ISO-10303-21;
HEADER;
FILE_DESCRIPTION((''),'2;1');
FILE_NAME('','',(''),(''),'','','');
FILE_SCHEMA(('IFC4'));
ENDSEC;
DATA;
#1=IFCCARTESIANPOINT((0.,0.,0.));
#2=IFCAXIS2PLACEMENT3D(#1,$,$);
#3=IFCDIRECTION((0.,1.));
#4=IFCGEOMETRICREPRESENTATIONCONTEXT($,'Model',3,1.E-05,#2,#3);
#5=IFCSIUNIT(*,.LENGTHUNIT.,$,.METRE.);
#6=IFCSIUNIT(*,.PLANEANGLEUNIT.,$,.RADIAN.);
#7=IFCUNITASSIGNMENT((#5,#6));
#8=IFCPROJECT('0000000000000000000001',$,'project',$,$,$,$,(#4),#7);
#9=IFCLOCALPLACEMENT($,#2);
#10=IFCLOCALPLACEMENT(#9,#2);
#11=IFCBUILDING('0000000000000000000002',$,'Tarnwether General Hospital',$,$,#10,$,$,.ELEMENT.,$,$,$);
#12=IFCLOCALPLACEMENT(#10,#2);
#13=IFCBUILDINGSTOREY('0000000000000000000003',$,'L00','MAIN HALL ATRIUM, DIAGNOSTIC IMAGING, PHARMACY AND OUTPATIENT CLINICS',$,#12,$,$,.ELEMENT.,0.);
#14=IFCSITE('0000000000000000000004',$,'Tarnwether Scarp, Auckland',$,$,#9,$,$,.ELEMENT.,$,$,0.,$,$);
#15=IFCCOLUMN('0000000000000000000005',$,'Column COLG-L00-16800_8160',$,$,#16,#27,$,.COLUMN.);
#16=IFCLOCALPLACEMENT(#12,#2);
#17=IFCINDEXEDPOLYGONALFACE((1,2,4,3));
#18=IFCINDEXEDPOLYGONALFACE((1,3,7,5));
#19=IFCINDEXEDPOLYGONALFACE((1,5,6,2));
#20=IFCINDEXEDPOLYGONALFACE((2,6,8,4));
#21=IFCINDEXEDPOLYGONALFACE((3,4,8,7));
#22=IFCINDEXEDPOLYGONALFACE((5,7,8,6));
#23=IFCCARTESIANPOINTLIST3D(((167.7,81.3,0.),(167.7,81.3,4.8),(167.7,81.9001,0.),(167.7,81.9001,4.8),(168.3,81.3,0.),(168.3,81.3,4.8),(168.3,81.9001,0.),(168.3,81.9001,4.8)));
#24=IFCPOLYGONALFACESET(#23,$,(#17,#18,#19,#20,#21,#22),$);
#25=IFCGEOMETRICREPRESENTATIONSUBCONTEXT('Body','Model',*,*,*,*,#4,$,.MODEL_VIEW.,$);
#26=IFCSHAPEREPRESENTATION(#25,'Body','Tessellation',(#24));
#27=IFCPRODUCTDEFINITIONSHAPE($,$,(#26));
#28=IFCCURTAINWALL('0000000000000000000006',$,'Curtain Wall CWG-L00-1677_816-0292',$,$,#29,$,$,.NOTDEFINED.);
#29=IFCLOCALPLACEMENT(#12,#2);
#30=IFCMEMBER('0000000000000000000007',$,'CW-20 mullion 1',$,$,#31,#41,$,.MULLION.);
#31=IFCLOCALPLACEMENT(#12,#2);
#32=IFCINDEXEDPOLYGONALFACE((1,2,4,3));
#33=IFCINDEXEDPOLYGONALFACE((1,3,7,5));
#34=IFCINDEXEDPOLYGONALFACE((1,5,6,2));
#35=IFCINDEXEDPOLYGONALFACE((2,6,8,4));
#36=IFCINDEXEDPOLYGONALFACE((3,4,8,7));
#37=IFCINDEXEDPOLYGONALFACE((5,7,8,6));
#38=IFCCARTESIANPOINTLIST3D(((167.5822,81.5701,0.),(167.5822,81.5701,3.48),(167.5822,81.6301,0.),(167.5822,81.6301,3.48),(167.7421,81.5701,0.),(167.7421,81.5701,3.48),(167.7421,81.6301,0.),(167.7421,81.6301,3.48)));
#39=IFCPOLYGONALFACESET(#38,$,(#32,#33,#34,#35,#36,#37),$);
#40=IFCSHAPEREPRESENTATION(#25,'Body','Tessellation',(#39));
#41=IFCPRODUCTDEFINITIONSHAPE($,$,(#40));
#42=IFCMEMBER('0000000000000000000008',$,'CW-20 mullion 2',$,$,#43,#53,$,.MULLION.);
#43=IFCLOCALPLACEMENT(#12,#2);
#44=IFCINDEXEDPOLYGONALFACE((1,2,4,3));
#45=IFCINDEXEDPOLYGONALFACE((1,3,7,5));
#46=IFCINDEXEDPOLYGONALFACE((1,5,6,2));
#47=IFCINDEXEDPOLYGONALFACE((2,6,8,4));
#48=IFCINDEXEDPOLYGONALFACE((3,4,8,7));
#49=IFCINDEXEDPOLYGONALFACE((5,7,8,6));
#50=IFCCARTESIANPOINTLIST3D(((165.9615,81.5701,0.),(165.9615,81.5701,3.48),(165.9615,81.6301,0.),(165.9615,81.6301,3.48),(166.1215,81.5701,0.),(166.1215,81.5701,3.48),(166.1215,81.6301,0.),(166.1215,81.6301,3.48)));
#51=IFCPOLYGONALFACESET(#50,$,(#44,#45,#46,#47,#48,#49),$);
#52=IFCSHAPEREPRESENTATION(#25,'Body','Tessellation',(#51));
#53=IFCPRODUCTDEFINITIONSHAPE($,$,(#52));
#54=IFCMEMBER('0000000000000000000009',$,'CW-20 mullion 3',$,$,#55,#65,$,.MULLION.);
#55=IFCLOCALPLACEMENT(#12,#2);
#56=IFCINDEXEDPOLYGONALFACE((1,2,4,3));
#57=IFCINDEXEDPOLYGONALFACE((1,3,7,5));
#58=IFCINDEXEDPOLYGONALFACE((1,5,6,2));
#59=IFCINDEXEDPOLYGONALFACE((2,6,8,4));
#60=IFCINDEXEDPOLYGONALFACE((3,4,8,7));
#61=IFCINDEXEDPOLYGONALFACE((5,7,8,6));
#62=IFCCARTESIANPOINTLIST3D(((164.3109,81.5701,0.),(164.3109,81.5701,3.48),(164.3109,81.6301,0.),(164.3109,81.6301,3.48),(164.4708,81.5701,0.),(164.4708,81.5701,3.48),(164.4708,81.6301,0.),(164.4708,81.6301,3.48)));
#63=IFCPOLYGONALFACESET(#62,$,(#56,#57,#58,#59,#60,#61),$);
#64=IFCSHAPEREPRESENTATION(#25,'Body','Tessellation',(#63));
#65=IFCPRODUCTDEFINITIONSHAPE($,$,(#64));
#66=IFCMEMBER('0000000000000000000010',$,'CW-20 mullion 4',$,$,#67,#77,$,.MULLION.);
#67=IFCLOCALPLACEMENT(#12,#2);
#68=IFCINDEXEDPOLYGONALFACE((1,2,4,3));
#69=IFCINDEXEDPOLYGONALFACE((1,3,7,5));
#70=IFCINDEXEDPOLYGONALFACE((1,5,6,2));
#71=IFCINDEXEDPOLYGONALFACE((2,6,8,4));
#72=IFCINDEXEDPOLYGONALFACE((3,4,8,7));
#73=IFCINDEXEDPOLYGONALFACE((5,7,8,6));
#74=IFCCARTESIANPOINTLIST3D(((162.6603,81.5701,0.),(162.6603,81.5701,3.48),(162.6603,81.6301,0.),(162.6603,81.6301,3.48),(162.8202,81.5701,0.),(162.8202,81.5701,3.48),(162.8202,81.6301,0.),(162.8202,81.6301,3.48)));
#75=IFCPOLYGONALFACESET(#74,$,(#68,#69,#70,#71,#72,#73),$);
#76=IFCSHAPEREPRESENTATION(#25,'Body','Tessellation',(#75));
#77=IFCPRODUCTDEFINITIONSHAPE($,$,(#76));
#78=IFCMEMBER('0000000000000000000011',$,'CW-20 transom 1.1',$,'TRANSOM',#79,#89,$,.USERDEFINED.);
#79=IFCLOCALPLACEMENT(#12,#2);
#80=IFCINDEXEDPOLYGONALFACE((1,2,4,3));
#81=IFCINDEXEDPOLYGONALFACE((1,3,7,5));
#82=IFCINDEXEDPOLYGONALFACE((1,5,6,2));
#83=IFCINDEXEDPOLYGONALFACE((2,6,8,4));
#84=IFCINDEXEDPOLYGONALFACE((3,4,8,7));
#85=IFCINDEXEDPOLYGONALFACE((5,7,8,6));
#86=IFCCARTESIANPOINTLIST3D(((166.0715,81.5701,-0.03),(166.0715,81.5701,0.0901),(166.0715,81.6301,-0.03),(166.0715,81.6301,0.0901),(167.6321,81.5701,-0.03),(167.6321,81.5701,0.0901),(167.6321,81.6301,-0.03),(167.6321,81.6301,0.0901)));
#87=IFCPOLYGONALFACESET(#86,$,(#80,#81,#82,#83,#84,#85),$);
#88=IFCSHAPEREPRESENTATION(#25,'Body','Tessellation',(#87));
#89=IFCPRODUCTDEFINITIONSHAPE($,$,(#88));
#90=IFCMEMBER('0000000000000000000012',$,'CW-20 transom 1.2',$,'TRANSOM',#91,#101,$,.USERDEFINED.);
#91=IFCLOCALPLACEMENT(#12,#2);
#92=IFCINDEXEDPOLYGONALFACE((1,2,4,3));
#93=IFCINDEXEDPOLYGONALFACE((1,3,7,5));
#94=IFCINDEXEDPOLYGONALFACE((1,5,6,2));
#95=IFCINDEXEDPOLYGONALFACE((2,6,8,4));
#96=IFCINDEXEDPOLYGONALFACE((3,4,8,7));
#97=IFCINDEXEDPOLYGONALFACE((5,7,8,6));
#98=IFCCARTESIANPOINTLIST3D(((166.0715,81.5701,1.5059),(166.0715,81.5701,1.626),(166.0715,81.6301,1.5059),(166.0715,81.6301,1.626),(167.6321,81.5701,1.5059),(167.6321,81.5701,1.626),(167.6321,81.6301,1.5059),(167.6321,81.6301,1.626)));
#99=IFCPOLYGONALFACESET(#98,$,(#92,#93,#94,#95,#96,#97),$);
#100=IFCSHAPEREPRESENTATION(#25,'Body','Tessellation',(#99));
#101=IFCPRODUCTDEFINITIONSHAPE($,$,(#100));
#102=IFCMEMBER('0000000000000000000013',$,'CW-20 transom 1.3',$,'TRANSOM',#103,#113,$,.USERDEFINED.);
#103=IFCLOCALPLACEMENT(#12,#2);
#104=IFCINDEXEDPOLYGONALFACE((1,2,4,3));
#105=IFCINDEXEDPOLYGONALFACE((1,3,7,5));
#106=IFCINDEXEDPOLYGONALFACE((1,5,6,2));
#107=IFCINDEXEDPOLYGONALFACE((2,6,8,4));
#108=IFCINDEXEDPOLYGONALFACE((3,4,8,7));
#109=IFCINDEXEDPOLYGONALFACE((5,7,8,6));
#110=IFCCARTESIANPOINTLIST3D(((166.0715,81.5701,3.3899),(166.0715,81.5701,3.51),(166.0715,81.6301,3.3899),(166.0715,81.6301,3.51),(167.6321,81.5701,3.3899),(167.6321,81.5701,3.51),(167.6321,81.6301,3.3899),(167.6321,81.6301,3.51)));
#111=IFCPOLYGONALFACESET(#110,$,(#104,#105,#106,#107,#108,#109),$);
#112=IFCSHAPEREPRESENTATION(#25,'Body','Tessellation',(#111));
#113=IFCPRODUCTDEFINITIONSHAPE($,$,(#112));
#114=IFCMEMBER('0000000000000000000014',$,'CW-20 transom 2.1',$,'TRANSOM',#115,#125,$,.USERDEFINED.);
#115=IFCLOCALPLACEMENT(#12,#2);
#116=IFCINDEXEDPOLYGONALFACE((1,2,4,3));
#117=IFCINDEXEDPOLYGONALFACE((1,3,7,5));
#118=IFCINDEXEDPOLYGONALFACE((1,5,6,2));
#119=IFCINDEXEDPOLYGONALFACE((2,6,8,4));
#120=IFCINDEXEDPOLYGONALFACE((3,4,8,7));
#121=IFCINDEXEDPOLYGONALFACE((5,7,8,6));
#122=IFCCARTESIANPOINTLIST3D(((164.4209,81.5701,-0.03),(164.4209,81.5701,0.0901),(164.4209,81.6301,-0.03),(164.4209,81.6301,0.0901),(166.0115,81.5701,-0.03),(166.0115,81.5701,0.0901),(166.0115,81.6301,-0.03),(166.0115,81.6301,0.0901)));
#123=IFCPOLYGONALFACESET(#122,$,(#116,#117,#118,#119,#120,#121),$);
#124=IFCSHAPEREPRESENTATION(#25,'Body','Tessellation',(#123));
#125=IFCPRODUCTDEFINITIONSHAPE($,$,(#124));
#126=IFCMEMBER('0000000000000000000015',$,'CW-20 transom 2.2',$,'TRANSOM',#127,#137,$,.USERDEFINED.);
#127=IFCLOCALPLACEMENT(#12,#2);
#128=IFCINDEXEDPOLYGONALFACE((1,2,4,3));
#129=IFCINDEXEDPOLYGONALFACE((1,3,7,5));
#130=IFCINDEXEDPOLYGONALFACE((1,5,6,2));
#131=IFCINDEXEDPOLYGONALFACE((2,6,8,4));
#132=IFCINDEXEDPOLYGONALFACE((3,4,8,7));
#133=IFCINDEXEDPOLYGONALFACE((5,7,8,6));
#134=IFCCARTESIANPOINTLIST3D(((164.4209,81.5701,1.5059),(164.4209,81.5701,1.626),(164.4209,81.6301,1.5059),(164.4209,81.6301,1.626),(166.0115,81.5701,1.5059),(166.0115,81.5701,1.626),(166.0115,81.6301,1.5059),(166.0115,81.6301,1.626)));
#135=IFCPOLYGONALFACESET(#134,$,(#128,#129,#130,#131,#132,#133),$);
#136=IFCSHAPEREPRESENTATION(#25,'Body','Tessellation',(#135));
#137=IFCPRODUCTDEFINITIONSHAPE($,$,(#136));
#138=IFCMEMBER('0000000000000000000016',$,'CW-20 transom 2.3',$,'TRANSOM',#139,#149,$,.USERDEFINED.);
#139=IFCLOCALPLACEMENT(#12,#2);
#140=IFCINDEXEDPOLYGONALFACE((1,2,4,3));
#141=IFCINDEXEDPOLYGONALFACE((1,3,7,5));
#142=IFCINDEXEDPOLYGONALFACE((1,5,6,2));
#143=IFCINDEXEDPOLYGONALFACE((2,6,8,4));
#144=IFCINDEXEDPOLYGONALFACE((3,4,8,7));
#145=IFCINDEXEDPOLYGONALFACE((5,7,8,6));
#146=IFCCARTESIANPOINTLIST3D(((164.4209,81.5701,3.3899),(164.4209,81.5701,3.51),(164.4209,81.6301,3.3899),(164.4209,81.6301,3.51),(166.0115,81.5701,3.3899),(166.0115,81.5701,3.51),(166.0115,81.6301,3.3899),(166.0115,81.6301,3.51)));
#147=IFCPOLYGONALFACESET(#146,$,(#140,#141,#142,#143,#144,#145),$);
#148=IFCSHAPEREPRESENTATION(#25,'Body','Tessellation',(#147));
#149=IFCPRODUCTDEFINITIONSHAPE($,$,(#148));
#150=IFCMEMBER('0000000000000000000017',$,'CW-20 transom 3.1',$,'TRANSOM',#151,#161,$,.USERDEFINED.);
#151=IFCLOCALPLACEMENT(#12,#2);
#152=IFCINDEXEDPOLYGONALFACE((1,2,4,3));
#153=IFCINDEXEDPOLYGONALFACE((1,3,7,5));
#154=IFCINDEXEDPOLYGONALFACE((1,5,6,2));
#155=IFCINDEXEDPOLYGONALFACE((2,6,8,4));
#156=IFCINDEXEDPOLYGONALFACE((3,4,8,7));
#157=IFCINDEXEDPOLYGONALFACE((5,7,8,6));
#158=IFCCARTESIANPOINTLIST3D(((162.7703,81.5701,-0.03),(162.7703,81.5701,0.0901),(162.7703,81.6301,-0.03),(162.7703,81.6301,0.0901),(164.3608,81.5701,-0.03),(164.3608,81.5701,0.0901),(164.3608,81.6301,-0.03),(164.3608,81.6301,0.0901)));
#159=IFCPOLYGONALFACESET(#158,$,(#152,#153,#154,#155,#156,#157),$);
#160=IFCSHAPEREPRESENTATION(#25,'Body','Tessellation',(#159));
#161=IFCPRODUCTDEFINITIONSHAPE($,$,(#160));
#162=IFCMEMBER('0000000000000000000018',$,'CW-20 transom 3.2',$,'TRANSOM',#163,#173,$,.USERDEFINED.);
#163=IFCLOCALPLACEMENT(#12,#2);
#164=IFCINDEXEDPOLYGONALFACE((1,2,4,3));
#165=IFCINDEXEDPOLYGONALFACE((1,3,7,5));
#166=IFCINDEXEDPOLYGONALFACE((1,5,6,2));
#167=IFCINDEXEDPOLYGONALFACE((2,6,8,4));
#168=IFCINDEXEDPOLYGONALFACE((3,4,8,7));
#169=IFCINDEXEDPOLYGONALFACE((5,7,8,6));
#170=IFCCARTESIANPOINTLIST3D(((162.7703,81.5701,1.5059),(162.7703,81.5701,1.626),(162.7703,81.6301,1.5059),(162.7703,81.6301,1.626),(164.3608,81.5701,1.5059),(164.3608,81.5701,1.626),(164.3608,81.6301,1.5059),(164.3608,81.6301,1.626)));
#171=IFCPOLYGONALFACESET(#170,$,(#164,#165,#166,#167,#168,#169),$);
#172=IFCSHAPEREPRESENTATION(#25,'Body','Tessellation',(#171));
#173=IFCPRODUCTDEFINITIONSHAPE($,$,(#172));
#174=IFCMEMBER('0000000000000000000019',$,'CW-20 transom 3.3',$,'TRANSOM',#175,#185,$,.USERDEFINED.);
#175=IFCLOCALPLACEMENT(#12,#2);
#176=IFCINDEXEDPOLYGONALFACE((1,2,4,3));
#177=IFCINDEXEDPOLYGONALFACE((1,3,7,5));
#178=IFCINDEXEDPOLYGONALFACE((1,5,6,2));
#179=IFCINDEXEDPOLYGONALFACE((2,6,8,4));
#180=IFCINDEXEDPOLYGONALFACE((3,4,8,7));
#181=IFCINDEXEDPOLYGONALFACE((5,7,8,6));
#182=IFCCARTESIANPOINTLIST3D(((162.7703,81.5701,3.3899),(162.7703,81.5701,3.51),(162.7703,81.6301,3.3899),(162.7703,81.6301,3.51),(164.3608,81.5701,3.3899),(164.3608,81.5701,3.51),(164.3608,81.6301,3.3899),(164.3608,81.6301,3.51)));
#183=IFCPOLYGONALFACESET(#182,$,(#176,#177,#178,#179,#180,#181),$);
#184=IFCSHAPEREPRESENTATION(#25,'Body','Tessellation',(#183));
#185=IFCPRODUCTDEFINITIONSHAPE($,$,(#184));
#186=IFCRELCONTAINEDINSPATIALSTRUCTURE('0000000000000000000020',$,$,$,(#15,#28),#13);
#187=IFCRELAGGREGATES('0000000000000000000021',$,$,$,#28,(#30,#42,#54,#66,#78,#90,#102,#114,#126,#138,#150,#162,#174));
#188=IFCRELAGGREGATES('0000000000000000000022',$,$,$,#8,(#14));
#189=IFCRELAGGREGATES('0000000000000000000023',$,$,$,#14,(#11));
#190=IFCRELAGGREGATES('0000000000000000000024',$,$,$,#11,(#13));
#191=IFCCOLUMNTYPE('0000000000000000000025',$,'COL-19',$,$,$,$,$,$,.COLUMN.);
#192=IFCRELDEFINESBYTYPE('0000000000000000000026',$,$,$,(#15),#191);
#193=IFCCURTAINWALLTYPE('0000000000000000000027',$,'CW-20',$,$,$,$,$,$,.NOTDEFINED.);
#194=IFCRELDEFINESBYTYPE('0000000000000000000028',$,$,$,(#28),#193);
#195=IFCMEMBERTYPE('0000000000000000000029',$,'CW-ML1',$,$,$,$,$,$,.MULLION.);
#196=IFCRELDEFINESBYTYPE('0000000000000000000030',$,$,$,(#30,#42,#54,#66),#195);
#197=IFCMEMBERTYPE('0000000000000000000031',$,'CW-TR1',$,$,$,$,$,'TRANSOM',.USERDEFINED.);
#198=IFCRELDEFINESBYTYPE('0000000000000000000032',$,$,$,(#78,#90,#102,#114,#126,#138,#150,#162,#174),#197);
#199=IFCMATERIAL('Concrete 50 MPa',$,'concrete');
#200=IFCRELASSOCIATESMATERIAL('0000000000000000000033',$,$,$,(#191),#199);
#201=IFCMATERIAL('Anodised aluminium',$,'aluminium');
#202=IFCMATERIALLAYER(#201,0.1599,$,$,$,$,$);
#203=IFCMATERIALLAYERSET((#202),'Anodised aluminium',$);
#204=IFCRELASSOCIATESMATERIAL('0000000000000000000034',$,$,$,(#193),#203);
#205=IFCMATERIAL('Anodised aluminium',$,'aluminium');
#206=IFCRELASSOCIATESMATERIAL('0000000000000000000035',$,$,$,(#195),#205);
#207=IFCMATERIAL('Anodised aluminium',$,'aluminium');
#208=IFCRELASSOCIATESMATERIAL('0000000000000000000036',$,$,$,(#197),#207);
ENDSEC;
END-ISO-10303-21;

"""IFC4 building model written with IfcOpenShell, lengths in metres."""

from ifc_helpers import new_model, si_unit, direction, frame, origin, origin_2d, place, context, subcontext, project, spatial, rectangle, extrude, material, layer, layer_set, material_profile, profile_set, type_object, element, aggregate, save


model = new_model("IFC4")

# Units and contexts
model_context = context("Model", 3, precision=1e-05, world=origin(), true_north=direction((0.0, 1.0)))
body_context = subcontext(model_context, "Body", "Model", "MODEL_VIEW")
ifc_project = project(units=[si_unit("LENGTHUNIT", "METRE"), si_unit("PLANEANGLEUNIT", "RADIAN")], contexts=[model_context])

# Site, building, storey
site_placement = place(None, origin())
site = spatial("IfcSite", under=ifc_project, at=site_placement, Name="Tarnwether Scarp, Auckland", CompositionType="ELEMENT", RefElevation=0.0)
building_placement = place(site_placement, origin())
building = spatial("IfcBuilding", under=site, at=building_placement, Name="Tarnwether General Hospital", CompositionType="ELEMENT")
storey_placement = place(building_placement, origin())
storey = spatial("IfcBuildingStorey", under=building, at=storey_placement, Name="L00", Description="MAIN HALL ATRIUM, DIAGNOSTIC IMAGING, PHARMACY AND OUTPATIENT CLINICS", CompositionType="ELEMENT", Elevation=0.0)

# Column
ifc_material_1 = material(Name="Concrete 50 MPa", Category="concrete")
ifc_material_profile_1 = material_profile(ifc_material_1, rectangle(XDim=0.6001, YDim=0.6001, at=origin_2d()), Name="RC-COL-600x600")
ifc_profile_set_1 = profile_set([ifc_material_profile_1], Name="Concrete 50 MPa")
column_type = type_object("IfcColumnType", Name="COL-19", PredefinedType="COLUMN", material=ifc_profile_set_1)
column_placement = place(storey_placement, frame((168.0, 81.6001, 0.0), z_axis=(0.0, 0.0, 1.0), x_axis=(1.0, 0.0, 0.0)))
element("IfcColumn", 1, at=column_placement, inside=storey, type_object=column_type, Name="Column COLG-L00-16800_8160", PredefinedType="COLUMN", context=body_context, shape_type="SweptSolid", body=[
    extrude(rectangle(XDim=0.6001, YDim=0.6001, at=origin_2d()), origin(), (0.0, 0.0, 1.0), 4.8),
])

# Curtain wall, members
ifc_material_2 = material(Name="Anodised aluminium", Category="aluminium")
ifc_layer_1 = layer(ifc_material_2, 0.1599)
ifc_layer_set_1 = layer_set([ifc_layer_1], Name="Anodised aluminium")
curtain_wall_type = type_object("IfcCurtainWallType", Name="CW-20", PredefinedType="NOTDEFINED", material=ifc_layer_set_1)
curtain_wall_placement = place(storey_placement, origin())
curtain_wall = element("IfcCurtainWall", 2, at=curtain_wall_placement, inside=storey, type_object=curtain_wall_type, Name="Curtain Wall CWG-L00-1677_816-0292", PredefinedType="NOTDEFINED")
ifc_material_3 = material(Name="Anodised aluminium", Category="aluminium")
ifc_material_profile_2 = material_profile(ifc_material_3, rectangle(XDim=0.0601, YDim=0.1599, at=origin_2d()), Name="ALU-MUL-60x160")
ifc_profile_set_2 = profile_set([ifc_material_profile_2], Name="Anodised aluminium")
member_type_1 = type_object("IfcMemberType", Name="CW-ML1", PredefinedType="MULLION", material=ifc_profile_set_2)
member_1_placement = place(storey_placement, frame((167.6621, 81.6001, 0.0), z_axis=(0.0, 0.0, 1.0), x_axis=(0.0, -1.0, 0.0)))
member_1 = element("IfcMember", 3, at=member_1_placement, type_object=member_type_1, Name="CW-20 mullion 1", PredefinedType="MULLION", context=body_context, shape_type="SweptSolid", body=[
    extrude(rectangle(XDim=0.0601, YDim=0.1599, at=origin_2d()), origin(), (0.0, 0.0, 1.0), 3.48),
])
member_2_placement = place(storey_placement, frame((166.0415, 81.6001, 0.0), z_axis=(0.0, 0.0, 1.0), x_axis=(0.0, -1.0, 0.0)))
member_2 = element("IfcMember", 4, at=member_2_placement, type_object=member_type_1, Name="CW-20 mullion 2", PredefinedType="MULLION", context=body_context, shape_type="SweptSolid", body=[
    extrude(rectangle(XDim=0.0601, YDim=0.1599, at=origin_2d()), origin(), (0.0, 0.0, 1.0), 3.48),
])
member_3_placement = place(storey_placement, frame((164.3909, 81.6001, 0.0), z_axis=(0.0, 0.0, 1.0), x_axis=(0.0, -1.0, 0.0)))
member_3 = element("IfcMember", 5, at=member_3_placement, type_object=member_type_1, Name="CW-20 mullion 3", PredefinedType="MULLION", context=body_context, shape_type="SweptSolid", body=[
    extrude(rectangle(XDim=0.0601, YDim=0.1599, at=origin_2d()), origin(), (0.0, 0.0, 1.0), 3.48),
])
member_4_placement = place(storey_placement, frame((162.7402, 81.6001, 0.0), z_axis=(0.0, 0.0, 1.0), x_axis=(0.0, -1.0, 0.0)))
member_4 = element("IfcMember", 6, at=member_4_placement, type_object=member_type_1, Name="CW-20 mullion 4", PredefinedType="MULLION", context=body_context, shape_type="SweptSolid", body=[
    extrude(rectangle(XDim=0.0601, YDim=0.1599, at=origin_2d()), origin(), (0.0, 0.0, 1.0), 3.48),
])
ifc_material_4 = material(Name="Anodised aluminium", Category="aluminium")
ifc_material_profile_3 = material_profile(ifc_material_4, rectangle(XDim=0.0601, YDim=0.1201, at=origin_2d()), Name="ALU-TRN-60x120")
ifc_profile_set_3 = profile_set([ifc_material_profile_3], Name="Anodised aluminium")
member_type_2 = type_object("IfcMemberType", Name="CW-TR1", ElementType="TRANSOM", PredefinedType="USERDEFINED", material=ifc_profile_set_3)
member_5_placement = place(storey_placement, frame((167.6321, 81.6001, 0.03), z_axis=(-1.0, 0.0, 0.0), x_axis=(0.0, -1.0, 0.0)))
member_5 = element("IfcMember", 7, at=member_5_placement, type_object=member_type_2, Name="CW-20 transom 1.1", ObjectType="TRANSOM", PredefinedType="USERDEFINED", context=body_context, shape_type="SweptSolid", body=[
    extrude(rectangle(XDim=0.0601, YDim=0.1201, at=origin_2d()), origin(), (0.0, 0.0, 1.0), 1.5605),
])
member_6_placement = place(storey_placement, frame((167.6321, 81.6001, 1.5659), z_axis=(-1.0, 0.0, 0.0), x_axis=(0.0, -1.0, 0.0)))
member_6 = element("IfcMember", 8, at=member_6_placement, type_object=member_type_2, Name="CW-20 transom 1.2", ObjectType="TRANSOM", PredefinedType="USERDEFINED", context=body_context, shape_type="SweptSolid", body=[
    extrude(rectangle(XDim=0.0601, YDim=0.1201, at=origin_2d()), origin(), (0.0, 0.0, 1.0), 1.5605),
])
member_7_placement = place(storey_placement, frame((167.6321, 81.6001, 3.45), z_axis=(-1.0, 0.0, 0.0), x_axis=(0.0, -1.0, 0.0)))
member_7 = element("IfcMember", 9, at=member_7_placement, type_object=member_type_2, Name="CW-20 transom 1.3", ObjectType="TRANSOM", PredefinedType="USERDEFINED", context=body_context, shape_type="SweptSolid", body=[
    extrude(rectangle(XDim=0.0601, YDim=0.1201, at=origin_2d()), origin(), (0.0, 0.0, 1.0), 1.5605),
])
member_8_placement = place(storey_placement, frame((166.0115, 81.6001, 0.03), z_axis=(-1.0, 0.0, 0.0), x_axis=(0.0, -1.0, 0.0)))
member_8 = element("IfcMember", 10, at=member_8_placement, type_object=member_type_2, Name="CW-20 transom 2.1", ObjectType="TRANSOM", PredefinedType="USERDEFINED", context=body_context, shape_type="SweptSolid", body=[
    extrude(rectangle(XDim=0.0601, YDim=0.1201, at=origin_2d()), origin(), (0.0, 0.0, 1.0), 1.5906),
])
member_9_placement = place(storey_placement, frame((166.0115, 81.6001, 1.5659), z_axis=(-1.0, 0.0, 0.0), x_axis=(0.0, -1.0, 0.0)))
member_9 = element("IfcMember", 11, at=member_9_placement, type_object=member_type_2, Name="CW-20 transom 2.2", ObjectType="TRANSOM", PredefinedType="USERDEFINED", context=body_context, shape_type="SweptSolid", body=[
    extrude(rectangle(XDim=0.0601, YDim=0.1201, at=origin_2d()), origin(), (0.0, 0.0, 1.0), 1.5906),
])
member_10_placement = place(storey_placement, frame((166.0115, 81.6001, 3.45), z_axis=(-1.0, 0.0, 0.0), x_axis=(0.0, -1.0, 0.0)))
member_10 = element("IfcMember", 12, at=member_10_placement, type_object=member_type_2, Name="CW-20 transom 2.3", ObjectType="TRANSOM", PredefinedType="USERDEFINED", context=body_context, shape_type="SweptSolid", body=[
    extrude(rectangle(XDim=0.0601, YDim=0.1201, at=origin_2d()), origin(), (0.0, 0.0, 1.0), 1.5906),
])
member_11_placement = place(storey_placement, frame((164.3608, 81.6001, 0.03), z_axis=(-1.0, 0.0, 0.0), x_axis=(0.0, -1.0, 0.0)))
member_11 = element("IfcMember", 13, at=member_11_placement, type_object=member_type_2, Name="CW-20 transom 3.1", ObjectType="TRANSOM", PredefinedType="USERDEFINED", context=body_context, shape_type="SweptSolid", body=[
    extrude(rectangle(XDim=0.0601, YDim=0.1201, at=origin_2d()), origin(), (0.0, 0.0, 1.0), 1.5906),
])
member_12_placement = place(storey_placement, frame((164.3608, 81.6001, 1.5659), z_axis=(-1.0, 0.0, 0.0), x_axis=(0.0, -1.0, 0.0)))
member_12 = element("IfcMember", 14, at=member_12_placement, type_object=member_type_2, Name="CW-20 transom 3.2", ObjectType="TRANSOM", PredefinedType="USERDEFINED", context=body_context, shape_type="SweptSolid", body=[
    extrude(rectangle(XDim=0.0601, YDim=0.1201, at=origin_2d()), origin(), (0.0, 0.0, 1.0), 1.5906),
])
member_13_placement = place(storey_placement, frame((164.3608, 81.6001, 3.45), z_axis=(-1.0, 0.0, 0.0), x_axis=(0.0, -1.0, 0.0)))
member_13 = element("IfcMember", 15, at=member_13_placement, type_object=member_type_2, Name="CW-20 transom 3.3", ObjectType="TRANSOM", PredefinedType="USERDEFINED", context=body_context, shape_type="SweptSolid", body=[
    extrude(rectangle(XDim=0.0601, YDim=0.1201, at=origin_2d()), origin(), (0.0, 0.0, 1.0), 1.5906),
])
aggregate(curtain_wall, [member_1, member_2, member_3, member_4, member_5, member_6, member_7, member_8, member_9, member_10, member_11, member_12, member_13])

save(model, "model.ifc")
